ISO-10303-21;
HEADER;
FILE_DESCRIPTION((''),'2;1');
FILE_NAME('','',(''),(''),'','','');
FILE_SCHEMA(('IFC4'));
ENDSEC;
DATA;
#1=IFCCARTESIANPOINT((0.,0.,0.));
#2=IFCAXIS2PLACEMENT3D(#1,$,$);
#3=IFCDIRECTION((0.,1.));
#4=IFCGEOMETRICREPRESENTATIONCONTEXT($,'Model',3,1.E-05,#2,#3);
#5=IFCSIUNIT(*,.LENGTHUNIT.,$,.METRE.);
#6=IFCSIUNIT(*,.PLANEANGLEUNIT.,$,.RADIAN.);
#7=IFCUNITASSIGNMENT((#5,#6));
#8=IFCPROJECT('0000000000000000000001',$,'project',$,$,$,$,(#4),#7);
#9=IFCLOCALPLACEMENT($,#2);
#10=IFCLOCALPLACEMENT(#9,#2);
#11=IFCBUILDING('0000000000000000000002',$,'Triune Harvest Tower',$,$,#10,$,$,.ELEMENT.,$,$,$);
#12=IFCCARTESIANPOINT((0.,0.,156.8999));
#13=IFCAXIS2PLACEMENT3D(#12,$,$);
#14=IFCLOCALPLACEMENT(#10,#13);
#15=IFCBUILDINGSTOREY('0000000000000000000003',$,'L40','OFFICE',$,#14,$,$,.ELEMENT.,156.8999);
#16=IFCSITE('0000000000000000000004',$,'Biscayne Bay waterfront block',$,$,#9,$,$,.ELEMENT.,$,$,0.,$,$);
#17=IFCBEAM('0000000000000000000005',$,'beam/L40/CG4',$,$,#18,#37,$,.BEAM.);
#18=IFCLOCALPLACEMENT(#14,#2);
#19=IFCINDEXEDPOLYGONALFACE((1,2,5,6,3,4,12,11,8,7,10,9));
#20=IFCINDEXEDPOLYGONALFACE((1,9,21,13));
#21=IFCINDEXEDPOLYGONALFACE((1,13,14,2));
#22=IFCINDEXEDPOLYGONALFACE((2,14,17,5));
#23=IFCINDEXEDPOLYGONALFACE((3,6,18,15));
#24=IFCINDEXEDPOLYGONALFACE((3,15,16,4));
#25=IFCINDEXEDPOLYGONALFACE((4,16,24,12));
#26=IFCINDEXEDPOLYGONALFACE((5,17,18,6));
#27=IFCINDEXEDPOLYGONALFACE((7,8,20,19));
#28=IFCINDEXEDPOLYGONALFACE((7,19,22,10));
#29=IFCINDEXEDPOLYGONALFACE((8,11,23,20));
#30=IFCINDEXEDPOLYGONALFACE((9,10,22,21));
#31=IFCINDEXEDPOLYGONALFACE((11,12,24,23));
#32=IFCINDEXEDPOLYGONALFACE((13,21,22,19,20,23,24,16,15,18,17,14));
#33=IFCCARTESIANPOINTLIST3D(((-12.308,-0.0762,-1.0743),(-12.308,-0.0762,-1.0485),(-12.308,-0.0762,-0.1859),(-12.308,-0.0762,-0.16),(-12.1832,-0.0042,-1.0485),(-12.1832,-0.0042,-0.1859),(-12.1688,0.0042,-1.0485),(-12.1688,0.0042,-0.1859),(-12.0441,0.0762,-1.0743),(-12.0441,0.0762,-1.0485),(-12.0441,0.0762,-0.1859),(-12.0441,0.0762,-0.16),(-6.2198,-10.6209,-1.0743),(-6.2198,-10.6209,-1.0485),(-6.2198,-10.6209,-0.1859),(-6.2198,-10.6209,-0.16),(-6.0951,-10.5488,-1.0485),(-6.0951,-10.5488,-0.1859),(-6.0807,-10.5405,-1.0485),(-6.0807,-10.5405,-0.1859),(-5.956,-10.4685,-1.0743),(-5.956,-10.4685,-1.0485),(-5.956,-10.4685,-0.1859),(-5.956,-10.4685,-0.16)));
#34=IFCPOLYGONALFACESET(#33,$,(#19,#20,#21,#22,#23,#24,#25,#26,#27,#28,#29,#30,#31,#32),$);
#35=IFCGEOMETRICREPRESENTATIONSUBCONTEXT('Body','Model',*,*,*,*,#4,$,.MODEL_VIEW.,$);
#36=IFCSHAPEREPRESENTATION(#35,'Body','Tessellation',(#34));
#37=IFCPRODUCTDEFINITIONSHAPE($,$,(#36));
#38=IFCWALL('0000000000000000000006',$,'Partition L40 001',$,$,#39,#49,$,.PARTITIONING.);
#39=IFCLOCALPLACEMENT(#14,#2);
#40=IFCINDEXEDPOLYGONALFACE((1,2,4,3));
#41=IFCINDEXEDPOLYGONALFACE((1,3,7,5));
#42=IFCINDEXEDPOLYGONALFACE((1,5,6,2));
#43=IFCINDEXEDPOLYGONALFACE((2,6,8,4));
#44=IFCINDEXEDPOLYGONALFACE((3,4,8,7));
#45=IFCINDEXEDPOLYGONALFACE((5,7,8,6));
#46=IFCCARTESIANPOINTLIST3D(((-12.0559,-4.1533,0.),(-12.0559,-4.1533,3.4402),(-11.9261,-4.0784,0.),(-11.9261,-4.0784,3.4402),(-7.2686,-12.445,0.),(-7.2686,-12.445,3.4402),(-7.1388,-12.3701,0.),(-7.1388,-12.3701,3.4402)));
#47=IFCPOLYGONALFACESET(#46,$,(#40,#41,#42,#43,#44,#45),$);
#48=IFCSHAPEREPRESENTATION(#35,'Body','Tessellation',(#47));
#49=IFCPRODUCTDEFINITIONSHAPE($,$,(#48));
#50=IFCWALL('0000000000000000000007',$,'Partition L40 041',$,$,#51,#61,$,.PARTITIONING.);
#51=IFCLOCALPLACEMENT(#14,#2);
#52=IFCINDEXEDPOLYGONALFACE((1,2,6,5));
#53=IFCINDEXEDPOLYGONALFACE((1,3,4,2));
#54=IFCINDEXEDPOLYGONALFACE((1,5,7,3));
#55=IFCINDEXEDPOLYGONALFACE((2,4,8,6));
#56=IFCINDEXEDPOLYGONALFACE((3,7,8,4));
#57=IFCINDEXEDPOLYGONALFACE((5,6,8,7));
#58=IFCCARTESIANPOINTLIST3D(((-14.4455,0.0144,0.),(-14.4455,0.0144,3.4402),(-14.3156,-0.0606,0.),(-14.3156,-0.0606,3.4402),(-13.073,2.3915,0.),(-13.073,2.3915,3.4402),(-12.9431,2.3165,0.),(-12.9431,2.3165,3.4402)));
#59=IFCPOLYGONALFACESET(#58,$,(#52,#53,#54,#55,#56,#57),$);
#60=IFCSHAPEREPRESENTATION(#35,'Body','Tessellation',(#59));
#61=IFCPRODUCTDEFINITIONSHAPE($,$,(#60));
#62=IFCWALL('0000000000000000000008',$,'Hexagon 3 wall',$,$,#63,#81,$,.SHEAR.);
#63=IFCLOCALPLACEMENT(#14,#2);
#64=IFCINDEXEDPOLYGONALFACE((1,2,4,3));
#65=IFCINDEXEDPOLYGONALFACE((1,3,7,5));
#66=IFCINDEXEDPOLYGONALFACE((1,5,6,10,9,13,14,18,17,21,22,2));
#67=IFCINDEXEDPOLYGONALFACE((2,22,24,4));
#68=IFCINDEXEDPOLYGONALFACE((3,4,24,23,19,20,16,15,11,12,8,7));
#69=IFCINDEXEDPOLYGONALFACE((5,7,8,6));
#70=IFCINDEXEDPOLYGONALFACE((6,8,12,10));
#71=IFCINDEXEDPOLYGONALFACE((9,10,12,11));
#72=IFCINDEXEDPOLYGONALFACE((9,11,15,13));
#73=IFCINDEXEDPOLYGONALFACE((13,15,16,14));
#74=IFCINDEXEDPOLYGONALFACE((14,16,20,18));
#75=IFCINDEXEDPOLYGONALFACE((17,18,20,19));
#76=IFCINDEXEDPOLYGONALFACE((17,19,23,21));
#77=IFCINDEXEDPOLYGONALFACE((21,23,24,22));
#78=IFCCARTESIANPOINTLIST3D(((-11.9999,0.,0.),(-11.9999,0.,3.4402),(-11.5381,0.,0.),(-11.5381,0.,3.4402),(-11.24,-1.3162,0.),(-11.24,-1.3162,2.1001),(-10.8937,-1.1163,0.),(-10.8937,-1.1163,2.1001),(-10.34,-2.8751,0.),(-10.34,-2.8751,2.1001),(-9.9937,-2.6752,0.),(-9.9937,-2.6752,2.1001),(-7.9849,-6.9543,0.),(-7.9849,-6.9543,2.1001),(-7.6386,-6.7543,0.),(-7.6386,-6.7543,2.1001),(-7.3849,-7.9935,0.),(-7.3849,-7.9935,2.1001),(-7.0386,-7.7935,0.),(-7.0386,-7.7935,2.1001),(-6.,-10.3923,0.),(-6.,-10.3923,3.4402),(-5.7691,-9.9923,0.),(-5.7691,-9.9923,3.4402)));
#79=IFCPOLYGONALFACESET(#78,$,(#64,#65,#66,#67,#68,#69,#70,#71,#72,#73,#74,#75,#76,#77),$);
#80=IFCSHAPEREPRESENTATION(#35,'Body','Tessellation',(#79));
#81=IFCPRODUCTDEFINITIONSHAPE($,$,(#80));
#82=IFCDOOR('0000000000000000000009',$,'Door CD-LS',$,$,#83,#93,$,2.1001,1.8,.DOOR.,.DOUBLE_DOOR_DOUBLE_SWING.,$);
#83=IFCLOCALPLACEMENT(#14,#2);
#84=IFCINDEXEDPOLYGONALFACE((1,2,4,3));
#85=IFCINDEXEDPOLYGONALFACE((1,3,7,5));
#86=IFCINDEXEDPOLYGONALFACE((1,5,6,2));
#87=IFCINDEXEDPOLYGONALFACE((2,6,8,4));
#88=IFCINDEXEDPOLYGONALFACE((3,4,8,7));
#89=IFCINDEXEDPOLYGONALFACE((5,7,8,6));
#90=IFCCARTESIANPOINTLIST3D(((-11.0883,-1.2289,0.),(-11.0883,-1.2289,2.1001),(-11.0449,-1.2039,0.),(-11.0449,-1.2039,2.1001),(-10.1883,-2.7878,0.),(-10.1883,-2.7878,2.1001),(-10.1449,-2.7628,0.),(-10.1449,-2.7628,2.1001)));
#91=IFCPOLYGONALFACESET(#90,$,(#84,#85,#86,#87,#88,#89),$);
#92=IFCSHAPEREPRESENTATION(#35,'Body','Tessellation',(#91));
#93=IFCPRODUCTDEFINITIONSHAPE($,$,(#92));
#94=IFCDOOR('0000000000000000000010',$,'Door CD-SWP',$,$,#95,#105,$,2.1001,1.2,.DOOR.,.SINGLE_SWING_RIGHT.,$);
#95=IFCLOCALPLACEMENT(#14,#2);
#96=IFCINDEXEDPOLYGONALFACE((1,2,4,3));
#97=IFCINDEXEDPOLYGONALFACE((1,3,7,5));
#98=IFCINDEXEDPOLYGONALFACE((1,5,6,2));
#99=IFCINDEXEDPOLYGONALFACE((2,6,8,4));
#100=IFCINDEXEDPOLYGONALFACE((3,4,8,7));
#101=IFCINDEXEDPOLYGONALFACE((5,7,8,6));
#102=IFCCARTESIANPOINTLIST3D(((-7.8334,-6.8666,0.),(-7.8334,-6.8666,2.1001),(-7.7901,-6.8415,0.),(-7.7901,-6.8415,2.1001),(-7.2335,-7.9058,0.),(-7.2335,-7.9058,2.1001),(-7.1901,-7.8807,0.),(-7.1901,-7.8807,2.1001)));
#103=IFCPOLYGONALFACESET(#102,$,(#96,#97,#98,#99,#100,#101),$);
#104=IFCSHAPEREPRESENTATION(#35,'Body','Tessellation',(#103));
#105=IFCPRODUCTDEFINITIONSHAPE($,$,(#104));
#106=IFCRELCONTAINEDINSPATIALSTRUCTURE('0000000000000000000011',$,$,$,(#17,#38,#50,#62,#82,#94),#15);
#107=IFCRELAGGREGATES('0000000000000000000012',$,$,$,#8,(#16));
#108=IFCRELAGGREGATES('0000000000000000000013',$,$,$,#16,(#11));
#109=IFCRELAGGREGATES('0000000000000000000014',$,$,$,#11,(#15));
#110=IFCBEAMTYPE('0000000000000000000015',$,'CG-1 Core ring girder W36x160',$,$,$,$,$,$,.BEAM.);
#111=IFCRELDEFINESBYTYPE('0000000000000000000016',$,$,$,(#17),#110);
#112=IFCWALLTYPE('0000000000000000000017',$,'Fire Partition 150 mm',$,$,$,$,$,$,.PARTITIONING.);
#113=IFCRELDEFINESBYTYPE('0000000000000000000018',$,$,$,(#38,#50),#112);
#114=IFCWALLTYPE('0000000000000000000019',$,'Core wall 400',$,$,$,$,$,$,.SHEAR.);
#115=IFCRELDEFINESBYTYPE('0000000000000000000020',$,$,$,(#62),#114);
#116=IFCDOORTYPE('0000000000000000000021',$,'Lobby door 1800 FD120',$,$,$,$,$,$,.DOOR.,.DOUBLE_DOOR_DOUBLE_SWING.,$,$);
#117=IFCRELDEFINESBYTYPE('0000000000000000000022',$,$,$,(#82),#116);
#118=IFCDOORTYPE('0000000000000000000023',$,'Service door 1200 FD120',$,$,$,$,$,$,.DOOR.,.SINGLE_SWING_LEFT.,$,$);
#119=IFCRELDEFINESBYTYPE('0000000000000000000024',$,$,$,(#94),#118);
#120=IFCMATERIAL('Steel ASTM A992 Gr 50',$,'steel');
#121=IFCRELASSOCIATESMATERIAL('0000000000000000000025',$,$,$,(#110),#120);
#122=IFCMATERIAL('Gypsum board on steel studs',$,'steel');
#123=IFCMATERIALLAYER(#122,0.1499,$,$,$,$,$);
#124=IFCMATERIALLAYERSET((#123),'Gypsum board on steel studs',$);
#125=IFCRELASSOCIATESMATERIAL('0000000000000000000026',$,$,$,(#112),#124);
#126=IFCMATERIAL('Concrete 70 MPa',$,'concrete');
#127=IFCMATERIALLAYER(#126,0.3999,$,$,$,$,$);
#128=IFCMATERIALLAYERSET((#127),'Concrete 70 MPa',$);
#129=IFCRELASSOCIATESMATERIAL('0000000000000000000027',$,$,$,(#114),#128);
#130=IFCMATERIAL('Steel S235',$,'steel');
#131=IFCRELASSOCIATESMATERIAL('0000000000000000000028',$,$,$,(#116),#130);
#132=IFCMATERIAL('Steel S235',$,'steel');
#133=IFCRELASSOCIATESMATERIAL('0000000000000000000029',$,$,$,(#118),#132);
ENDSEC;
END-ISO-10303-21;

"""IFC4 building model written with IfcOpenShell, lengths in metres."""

from ifc_helpers import new_model, si_unit, direction, frame, frame_2d, origin, origin_2d, place, context, subcontext, project, spatial, polyline, rectangle, i_section, outline, extrude, source, transform, mapped, material, layer, layer_set, material_profile, profile_set, type_object, element, fill, save


model = new_model("IFC4")

# Units and contexts
model_context = context("Model", 3, precision=1e-05, world=origin(), true_north=direction((0.0, 1.0)))
body_context = subcontext(model_context, "Body", "Model", "MODEL_VIEW")
ifc_project = project(units=[si_unit("LENGTHUNIT", "METRE"), si_unit("PLANEANGLEUNIT", "RADIAN")], contexts=[model_context])

# Site, building, storey
site_placement = place(None, origin())
site = spatial("IfcSite", under=ifc_project, at=site_placement, Name="Biscayne Bay waterfront block", CompositionType="ELEMENT", RefElevation=0.0)
building_placement = place(site_placement, origin())
building = spatial("IfcBuilding", under=site, at=building_placement, Name="Triune Harvest Tower", CompositionType="ELEMENT")
storey_placement = place(building_placement, frame((0.0, 0.0, 156.8999)))
storey = spatial("IfcBuildingStorey", under=building, at=storey_placement, Name="L40", Description="OFFICE", CompositionType="ELEMENT", Elevation=156.8999)

# Beam
ifc_material_1 = material(Name="Steel ASTM A992 Gr 50", Category="steel")
ifc_material_profile = material_profile(ifc_material_1, i_section(OverallWidth=0.3047, OverallDepth=0.9143, WebThickness=0.0166, FlangeThickness=0.0259, at=origin_2d()), Name="W36x160")
ifc_profile_set = profile_set([ifc_material_profile], Name="Steel ASTM A992 Gr 50")
beam_type = type_object("IfcBeamType", Name="CG-1 Core ring girder W36x160", PredefinedType="BEAM", material=ifc_profile_set)
shared_shape_1 = source(origin(), body_context, "Body", "SweptSolid", [
    extrude(i_section(OverallWidth=0.3047, OverallDepth=0.9143, WebThickness=0.0166, FlangeThickness=0.0259, at=origin_2d()), origin(), (0.0, 0.0, 1.0), 12.176),
])
beam_placement = place(storey_placement, frame((-12.176, 0.0, -0.6172), z_axis=(0.50001, -0.86602, 0.0), x_axis=(0.86602, 0.50001, 0.0)))
element("IfcBeam", 1, at=beam_placement, inside=storey, type_object=beam_type, Name="beam/L40/CG4", PredefinedType="BEAM", context=body_context, shape_type="MappedRepresentation", body=[
    mapped(shared_shape_1, transform((0.0, 0.0, 0.0), scale=1.0)),
])

# Walls
ifc_material_2 = material(Name="Gypsum board on steel studs", Category="steel")
ifc_layer_1 = layer(ifc_material_2, 0.1499)
ifc_layer_set_1 = layer_set([ifc_layer_1], Name="Gypsum board on steel studs")
wall_type_1 = type_object("IfcWallType", Name="Fire Partition 150 mm", PredefinedType="PARTITIONING", material=ifc_layer_set_1)
wall_1_placement = place(storey_placement, frame((-11.991, -4.116, 0.0), z_axis=(0.0, 0.0, 1.0), x_axis=(0.500009, -0.86602, 0.0)))
element("IfcWall", 2, at=wall_1_placement, inside=storey, type_object=wall_type_1, Name="Partition L40 001", PredefinedType="PARTITIONING", context=body_context, shape_type="SweptSolid", body=[
    extrude(rectangle(XDim=9.5745, YDim=0.1499, at=frame_2d((4.7871, 0.0))), origin(), (0.0, 0.0, 1.0), 3.4402),
])
wall_2_placement = place(storey_placement, frame((-14.3806, -0.0232, 0.0), z_axis=(0.0, 0.0, 1.0), x_axis=(0.500023, 0.866012, 0.0)))
element("IfcWall", 3, at=wall_2_placement, inside=storey, type_object=wall_type_1, Name="Partition L40 041", PredefinedType="PARTITIONING", context=body_context, shape_type="SweptSolid", body=[
    extrude(rectangle(XDim=2.7449, YDim=0.1499, at=frame_2d((1.3726, 0.0))), origin(), (0.0, 0.0, 1.0), 3.4402),
])

# Wall, openings, doors
ifc_material_3 = material(Name="Concrete 70 MPa", Category="concrete")
ifc_layer_2 = layer(ifc_material_3, 0.3999)
ifc_layer_set_2 = layer_set([ifc_layer_2], Name="Concrete 70 MPa")
wall_type_2 = type_object("IfcWallType", Name="Core wall 400", PredefinedType="SHEAR", material=ifc_layer_set_2)
shared_shape_2 = source(origin(), body_context, "Body", "SweptSolid", [
    extrude(outline(polyline([(-0.1155, -0.2), (11.8845, -0.2), (11.6536, 0.2), (0.1155, 0.2), (-0.1155, -0.2)])), origin(), (0.0, 0.0, 1.0), 3.4402),
])
wall_3_placement = place(storey_placement, frame((-11.769, 0.0, 0.0), z_axis=(0.0, 0.0, 1.0), x_axis=(0.499997, -0.866027, 0.0)))
wall_3 = element("IfcWall", 4, at=wall_3_placement, inside=storey, type_object=wall_type_2, Name="Hexagon 3 wall", PredefinedType="SHEAR", context=body_context, shape_type="MappedRepresentation", body=[
    mapped(shared_shape_2, transform((0.0, 0.0, 0.0), scale=1.0)),
])
opening_1_placement = place(wall_3_placement, frame((1.4045, 0.0, 0.0)))
opening_1 = element("IfcOpeningElement", 5, at=opening_1_placement, cuts=wall_3, PredefinedType="OPENING", context=body_context, shape_type="SweptSolid", body=[
    extrude(rectangle(XDim=1.8, YDim=2.1001, at=frame_2d((0.8999, 1.05))), frame((0.0, 0.21, 0.0), z_axis=(0.0, -1.0, 0.0), x_axis=(1.0, 0.0, 0.0)), (0.0, 0.0, 1.0), 0.4199),
])
opening_2_placement = place(wall_3_placement, frame((7.9146, 0.0, 0.0)))
opening_2 = element("IfcOpeningElement", 6, at=opening_2_placement, cuts=wall_3, PredefinedType="OPENING", context=body_context, shape_type="SweptSolid", body=[
    extrude(rectangle(XDim=1.2, YDim=2.1001, at=frame_2d((0.6001, 1.05))), frame((0.0, 0.21, 0.0), z_axis=(0.0, -1.0, 0.0), x_axis=(1.0, 0.0, 0.0)), (0.0, 0.0, 1.0), 0.4199),
])
ifc_material_4 = material(Name="Steel S235", Category="steel")
door_type_1 = type_object("IfcDoorType", Name="Lobby door 1800 FD120", OperationType="DOUBLE_DOOR_DOUBLE_SWING", PredefinedType="DOOR", material=ifc_material_4)
door_1_placement = place(opening_1_placement, frame((1.8, 0.0, 0.0), z_axis=(0.0, 0.0, 1.0), x_axis=(-1.0, 0.0, 0.0)))
door_1 = element("IfcDoor", 7, at=door_1_placement, inside=storey, type_object=door_type_1, Name="Door CD-LS", OperationType="DOUBLE_DOOR_DOUBLE_SWING", OverallHeight=2.1001, OverallWidth=1.8, PredefinedType="DOOR", context=body_context, shape_type="SweptSolid", body=[
    extrude(rectangle(XDim=1.8, YDim=2.1001, at=frame_2d((0.8999, 1.05))), frame((0.0, 0.0249, 0.0), z_axis=(0.0, -1.0, 0.0), x_axis=(1.0, 0.0, 0.0)), (0.0, 0.0, 1.0), 0.05),
])
fill(opening_1, door_1)
ifc_material_5 = material(Name="Steel S235", Category="steel")
door_type_2 = type_object("IfcDoorType", Name="Service door 1200 FD120", OperationType="SINGLE_SWING_LEFT", PredefinedType="DOOR", material=ifc_material_5)
door_2_placement = place(opening_2_placement, frame((1.2, 0.0, 0.0), z_axis=(0.0, 0.0, 1.0), x_axis=(-1.0, 0.0, 0.0)))
door_2 = element("IfcDoor", 8, at=door_2_placement, inside=storey, type_object=door_type_2, Name="Door CD-SWP", OperationType="SINGLE_SWING_RIGHT", OverallHeight=2.1001, OverallWidth=1.2, PredefinedType="DOOR", context=body_context, shape_type="SweptSolid", body=[
    extrude(rectangle(XDim=1.2, YDim=2.1001, at=frame_2d((0.6001, 1.05))), frame((0.0, 0.0249, 0.0), z_axis=(0.0, -1.0, 0.0), x_axis=(1.0, 0.0, 0.0)), (0.0, 0.0, 1.0), 0.05),
])
fill(opening_2, door_2)

save(model, "model.ifc")
